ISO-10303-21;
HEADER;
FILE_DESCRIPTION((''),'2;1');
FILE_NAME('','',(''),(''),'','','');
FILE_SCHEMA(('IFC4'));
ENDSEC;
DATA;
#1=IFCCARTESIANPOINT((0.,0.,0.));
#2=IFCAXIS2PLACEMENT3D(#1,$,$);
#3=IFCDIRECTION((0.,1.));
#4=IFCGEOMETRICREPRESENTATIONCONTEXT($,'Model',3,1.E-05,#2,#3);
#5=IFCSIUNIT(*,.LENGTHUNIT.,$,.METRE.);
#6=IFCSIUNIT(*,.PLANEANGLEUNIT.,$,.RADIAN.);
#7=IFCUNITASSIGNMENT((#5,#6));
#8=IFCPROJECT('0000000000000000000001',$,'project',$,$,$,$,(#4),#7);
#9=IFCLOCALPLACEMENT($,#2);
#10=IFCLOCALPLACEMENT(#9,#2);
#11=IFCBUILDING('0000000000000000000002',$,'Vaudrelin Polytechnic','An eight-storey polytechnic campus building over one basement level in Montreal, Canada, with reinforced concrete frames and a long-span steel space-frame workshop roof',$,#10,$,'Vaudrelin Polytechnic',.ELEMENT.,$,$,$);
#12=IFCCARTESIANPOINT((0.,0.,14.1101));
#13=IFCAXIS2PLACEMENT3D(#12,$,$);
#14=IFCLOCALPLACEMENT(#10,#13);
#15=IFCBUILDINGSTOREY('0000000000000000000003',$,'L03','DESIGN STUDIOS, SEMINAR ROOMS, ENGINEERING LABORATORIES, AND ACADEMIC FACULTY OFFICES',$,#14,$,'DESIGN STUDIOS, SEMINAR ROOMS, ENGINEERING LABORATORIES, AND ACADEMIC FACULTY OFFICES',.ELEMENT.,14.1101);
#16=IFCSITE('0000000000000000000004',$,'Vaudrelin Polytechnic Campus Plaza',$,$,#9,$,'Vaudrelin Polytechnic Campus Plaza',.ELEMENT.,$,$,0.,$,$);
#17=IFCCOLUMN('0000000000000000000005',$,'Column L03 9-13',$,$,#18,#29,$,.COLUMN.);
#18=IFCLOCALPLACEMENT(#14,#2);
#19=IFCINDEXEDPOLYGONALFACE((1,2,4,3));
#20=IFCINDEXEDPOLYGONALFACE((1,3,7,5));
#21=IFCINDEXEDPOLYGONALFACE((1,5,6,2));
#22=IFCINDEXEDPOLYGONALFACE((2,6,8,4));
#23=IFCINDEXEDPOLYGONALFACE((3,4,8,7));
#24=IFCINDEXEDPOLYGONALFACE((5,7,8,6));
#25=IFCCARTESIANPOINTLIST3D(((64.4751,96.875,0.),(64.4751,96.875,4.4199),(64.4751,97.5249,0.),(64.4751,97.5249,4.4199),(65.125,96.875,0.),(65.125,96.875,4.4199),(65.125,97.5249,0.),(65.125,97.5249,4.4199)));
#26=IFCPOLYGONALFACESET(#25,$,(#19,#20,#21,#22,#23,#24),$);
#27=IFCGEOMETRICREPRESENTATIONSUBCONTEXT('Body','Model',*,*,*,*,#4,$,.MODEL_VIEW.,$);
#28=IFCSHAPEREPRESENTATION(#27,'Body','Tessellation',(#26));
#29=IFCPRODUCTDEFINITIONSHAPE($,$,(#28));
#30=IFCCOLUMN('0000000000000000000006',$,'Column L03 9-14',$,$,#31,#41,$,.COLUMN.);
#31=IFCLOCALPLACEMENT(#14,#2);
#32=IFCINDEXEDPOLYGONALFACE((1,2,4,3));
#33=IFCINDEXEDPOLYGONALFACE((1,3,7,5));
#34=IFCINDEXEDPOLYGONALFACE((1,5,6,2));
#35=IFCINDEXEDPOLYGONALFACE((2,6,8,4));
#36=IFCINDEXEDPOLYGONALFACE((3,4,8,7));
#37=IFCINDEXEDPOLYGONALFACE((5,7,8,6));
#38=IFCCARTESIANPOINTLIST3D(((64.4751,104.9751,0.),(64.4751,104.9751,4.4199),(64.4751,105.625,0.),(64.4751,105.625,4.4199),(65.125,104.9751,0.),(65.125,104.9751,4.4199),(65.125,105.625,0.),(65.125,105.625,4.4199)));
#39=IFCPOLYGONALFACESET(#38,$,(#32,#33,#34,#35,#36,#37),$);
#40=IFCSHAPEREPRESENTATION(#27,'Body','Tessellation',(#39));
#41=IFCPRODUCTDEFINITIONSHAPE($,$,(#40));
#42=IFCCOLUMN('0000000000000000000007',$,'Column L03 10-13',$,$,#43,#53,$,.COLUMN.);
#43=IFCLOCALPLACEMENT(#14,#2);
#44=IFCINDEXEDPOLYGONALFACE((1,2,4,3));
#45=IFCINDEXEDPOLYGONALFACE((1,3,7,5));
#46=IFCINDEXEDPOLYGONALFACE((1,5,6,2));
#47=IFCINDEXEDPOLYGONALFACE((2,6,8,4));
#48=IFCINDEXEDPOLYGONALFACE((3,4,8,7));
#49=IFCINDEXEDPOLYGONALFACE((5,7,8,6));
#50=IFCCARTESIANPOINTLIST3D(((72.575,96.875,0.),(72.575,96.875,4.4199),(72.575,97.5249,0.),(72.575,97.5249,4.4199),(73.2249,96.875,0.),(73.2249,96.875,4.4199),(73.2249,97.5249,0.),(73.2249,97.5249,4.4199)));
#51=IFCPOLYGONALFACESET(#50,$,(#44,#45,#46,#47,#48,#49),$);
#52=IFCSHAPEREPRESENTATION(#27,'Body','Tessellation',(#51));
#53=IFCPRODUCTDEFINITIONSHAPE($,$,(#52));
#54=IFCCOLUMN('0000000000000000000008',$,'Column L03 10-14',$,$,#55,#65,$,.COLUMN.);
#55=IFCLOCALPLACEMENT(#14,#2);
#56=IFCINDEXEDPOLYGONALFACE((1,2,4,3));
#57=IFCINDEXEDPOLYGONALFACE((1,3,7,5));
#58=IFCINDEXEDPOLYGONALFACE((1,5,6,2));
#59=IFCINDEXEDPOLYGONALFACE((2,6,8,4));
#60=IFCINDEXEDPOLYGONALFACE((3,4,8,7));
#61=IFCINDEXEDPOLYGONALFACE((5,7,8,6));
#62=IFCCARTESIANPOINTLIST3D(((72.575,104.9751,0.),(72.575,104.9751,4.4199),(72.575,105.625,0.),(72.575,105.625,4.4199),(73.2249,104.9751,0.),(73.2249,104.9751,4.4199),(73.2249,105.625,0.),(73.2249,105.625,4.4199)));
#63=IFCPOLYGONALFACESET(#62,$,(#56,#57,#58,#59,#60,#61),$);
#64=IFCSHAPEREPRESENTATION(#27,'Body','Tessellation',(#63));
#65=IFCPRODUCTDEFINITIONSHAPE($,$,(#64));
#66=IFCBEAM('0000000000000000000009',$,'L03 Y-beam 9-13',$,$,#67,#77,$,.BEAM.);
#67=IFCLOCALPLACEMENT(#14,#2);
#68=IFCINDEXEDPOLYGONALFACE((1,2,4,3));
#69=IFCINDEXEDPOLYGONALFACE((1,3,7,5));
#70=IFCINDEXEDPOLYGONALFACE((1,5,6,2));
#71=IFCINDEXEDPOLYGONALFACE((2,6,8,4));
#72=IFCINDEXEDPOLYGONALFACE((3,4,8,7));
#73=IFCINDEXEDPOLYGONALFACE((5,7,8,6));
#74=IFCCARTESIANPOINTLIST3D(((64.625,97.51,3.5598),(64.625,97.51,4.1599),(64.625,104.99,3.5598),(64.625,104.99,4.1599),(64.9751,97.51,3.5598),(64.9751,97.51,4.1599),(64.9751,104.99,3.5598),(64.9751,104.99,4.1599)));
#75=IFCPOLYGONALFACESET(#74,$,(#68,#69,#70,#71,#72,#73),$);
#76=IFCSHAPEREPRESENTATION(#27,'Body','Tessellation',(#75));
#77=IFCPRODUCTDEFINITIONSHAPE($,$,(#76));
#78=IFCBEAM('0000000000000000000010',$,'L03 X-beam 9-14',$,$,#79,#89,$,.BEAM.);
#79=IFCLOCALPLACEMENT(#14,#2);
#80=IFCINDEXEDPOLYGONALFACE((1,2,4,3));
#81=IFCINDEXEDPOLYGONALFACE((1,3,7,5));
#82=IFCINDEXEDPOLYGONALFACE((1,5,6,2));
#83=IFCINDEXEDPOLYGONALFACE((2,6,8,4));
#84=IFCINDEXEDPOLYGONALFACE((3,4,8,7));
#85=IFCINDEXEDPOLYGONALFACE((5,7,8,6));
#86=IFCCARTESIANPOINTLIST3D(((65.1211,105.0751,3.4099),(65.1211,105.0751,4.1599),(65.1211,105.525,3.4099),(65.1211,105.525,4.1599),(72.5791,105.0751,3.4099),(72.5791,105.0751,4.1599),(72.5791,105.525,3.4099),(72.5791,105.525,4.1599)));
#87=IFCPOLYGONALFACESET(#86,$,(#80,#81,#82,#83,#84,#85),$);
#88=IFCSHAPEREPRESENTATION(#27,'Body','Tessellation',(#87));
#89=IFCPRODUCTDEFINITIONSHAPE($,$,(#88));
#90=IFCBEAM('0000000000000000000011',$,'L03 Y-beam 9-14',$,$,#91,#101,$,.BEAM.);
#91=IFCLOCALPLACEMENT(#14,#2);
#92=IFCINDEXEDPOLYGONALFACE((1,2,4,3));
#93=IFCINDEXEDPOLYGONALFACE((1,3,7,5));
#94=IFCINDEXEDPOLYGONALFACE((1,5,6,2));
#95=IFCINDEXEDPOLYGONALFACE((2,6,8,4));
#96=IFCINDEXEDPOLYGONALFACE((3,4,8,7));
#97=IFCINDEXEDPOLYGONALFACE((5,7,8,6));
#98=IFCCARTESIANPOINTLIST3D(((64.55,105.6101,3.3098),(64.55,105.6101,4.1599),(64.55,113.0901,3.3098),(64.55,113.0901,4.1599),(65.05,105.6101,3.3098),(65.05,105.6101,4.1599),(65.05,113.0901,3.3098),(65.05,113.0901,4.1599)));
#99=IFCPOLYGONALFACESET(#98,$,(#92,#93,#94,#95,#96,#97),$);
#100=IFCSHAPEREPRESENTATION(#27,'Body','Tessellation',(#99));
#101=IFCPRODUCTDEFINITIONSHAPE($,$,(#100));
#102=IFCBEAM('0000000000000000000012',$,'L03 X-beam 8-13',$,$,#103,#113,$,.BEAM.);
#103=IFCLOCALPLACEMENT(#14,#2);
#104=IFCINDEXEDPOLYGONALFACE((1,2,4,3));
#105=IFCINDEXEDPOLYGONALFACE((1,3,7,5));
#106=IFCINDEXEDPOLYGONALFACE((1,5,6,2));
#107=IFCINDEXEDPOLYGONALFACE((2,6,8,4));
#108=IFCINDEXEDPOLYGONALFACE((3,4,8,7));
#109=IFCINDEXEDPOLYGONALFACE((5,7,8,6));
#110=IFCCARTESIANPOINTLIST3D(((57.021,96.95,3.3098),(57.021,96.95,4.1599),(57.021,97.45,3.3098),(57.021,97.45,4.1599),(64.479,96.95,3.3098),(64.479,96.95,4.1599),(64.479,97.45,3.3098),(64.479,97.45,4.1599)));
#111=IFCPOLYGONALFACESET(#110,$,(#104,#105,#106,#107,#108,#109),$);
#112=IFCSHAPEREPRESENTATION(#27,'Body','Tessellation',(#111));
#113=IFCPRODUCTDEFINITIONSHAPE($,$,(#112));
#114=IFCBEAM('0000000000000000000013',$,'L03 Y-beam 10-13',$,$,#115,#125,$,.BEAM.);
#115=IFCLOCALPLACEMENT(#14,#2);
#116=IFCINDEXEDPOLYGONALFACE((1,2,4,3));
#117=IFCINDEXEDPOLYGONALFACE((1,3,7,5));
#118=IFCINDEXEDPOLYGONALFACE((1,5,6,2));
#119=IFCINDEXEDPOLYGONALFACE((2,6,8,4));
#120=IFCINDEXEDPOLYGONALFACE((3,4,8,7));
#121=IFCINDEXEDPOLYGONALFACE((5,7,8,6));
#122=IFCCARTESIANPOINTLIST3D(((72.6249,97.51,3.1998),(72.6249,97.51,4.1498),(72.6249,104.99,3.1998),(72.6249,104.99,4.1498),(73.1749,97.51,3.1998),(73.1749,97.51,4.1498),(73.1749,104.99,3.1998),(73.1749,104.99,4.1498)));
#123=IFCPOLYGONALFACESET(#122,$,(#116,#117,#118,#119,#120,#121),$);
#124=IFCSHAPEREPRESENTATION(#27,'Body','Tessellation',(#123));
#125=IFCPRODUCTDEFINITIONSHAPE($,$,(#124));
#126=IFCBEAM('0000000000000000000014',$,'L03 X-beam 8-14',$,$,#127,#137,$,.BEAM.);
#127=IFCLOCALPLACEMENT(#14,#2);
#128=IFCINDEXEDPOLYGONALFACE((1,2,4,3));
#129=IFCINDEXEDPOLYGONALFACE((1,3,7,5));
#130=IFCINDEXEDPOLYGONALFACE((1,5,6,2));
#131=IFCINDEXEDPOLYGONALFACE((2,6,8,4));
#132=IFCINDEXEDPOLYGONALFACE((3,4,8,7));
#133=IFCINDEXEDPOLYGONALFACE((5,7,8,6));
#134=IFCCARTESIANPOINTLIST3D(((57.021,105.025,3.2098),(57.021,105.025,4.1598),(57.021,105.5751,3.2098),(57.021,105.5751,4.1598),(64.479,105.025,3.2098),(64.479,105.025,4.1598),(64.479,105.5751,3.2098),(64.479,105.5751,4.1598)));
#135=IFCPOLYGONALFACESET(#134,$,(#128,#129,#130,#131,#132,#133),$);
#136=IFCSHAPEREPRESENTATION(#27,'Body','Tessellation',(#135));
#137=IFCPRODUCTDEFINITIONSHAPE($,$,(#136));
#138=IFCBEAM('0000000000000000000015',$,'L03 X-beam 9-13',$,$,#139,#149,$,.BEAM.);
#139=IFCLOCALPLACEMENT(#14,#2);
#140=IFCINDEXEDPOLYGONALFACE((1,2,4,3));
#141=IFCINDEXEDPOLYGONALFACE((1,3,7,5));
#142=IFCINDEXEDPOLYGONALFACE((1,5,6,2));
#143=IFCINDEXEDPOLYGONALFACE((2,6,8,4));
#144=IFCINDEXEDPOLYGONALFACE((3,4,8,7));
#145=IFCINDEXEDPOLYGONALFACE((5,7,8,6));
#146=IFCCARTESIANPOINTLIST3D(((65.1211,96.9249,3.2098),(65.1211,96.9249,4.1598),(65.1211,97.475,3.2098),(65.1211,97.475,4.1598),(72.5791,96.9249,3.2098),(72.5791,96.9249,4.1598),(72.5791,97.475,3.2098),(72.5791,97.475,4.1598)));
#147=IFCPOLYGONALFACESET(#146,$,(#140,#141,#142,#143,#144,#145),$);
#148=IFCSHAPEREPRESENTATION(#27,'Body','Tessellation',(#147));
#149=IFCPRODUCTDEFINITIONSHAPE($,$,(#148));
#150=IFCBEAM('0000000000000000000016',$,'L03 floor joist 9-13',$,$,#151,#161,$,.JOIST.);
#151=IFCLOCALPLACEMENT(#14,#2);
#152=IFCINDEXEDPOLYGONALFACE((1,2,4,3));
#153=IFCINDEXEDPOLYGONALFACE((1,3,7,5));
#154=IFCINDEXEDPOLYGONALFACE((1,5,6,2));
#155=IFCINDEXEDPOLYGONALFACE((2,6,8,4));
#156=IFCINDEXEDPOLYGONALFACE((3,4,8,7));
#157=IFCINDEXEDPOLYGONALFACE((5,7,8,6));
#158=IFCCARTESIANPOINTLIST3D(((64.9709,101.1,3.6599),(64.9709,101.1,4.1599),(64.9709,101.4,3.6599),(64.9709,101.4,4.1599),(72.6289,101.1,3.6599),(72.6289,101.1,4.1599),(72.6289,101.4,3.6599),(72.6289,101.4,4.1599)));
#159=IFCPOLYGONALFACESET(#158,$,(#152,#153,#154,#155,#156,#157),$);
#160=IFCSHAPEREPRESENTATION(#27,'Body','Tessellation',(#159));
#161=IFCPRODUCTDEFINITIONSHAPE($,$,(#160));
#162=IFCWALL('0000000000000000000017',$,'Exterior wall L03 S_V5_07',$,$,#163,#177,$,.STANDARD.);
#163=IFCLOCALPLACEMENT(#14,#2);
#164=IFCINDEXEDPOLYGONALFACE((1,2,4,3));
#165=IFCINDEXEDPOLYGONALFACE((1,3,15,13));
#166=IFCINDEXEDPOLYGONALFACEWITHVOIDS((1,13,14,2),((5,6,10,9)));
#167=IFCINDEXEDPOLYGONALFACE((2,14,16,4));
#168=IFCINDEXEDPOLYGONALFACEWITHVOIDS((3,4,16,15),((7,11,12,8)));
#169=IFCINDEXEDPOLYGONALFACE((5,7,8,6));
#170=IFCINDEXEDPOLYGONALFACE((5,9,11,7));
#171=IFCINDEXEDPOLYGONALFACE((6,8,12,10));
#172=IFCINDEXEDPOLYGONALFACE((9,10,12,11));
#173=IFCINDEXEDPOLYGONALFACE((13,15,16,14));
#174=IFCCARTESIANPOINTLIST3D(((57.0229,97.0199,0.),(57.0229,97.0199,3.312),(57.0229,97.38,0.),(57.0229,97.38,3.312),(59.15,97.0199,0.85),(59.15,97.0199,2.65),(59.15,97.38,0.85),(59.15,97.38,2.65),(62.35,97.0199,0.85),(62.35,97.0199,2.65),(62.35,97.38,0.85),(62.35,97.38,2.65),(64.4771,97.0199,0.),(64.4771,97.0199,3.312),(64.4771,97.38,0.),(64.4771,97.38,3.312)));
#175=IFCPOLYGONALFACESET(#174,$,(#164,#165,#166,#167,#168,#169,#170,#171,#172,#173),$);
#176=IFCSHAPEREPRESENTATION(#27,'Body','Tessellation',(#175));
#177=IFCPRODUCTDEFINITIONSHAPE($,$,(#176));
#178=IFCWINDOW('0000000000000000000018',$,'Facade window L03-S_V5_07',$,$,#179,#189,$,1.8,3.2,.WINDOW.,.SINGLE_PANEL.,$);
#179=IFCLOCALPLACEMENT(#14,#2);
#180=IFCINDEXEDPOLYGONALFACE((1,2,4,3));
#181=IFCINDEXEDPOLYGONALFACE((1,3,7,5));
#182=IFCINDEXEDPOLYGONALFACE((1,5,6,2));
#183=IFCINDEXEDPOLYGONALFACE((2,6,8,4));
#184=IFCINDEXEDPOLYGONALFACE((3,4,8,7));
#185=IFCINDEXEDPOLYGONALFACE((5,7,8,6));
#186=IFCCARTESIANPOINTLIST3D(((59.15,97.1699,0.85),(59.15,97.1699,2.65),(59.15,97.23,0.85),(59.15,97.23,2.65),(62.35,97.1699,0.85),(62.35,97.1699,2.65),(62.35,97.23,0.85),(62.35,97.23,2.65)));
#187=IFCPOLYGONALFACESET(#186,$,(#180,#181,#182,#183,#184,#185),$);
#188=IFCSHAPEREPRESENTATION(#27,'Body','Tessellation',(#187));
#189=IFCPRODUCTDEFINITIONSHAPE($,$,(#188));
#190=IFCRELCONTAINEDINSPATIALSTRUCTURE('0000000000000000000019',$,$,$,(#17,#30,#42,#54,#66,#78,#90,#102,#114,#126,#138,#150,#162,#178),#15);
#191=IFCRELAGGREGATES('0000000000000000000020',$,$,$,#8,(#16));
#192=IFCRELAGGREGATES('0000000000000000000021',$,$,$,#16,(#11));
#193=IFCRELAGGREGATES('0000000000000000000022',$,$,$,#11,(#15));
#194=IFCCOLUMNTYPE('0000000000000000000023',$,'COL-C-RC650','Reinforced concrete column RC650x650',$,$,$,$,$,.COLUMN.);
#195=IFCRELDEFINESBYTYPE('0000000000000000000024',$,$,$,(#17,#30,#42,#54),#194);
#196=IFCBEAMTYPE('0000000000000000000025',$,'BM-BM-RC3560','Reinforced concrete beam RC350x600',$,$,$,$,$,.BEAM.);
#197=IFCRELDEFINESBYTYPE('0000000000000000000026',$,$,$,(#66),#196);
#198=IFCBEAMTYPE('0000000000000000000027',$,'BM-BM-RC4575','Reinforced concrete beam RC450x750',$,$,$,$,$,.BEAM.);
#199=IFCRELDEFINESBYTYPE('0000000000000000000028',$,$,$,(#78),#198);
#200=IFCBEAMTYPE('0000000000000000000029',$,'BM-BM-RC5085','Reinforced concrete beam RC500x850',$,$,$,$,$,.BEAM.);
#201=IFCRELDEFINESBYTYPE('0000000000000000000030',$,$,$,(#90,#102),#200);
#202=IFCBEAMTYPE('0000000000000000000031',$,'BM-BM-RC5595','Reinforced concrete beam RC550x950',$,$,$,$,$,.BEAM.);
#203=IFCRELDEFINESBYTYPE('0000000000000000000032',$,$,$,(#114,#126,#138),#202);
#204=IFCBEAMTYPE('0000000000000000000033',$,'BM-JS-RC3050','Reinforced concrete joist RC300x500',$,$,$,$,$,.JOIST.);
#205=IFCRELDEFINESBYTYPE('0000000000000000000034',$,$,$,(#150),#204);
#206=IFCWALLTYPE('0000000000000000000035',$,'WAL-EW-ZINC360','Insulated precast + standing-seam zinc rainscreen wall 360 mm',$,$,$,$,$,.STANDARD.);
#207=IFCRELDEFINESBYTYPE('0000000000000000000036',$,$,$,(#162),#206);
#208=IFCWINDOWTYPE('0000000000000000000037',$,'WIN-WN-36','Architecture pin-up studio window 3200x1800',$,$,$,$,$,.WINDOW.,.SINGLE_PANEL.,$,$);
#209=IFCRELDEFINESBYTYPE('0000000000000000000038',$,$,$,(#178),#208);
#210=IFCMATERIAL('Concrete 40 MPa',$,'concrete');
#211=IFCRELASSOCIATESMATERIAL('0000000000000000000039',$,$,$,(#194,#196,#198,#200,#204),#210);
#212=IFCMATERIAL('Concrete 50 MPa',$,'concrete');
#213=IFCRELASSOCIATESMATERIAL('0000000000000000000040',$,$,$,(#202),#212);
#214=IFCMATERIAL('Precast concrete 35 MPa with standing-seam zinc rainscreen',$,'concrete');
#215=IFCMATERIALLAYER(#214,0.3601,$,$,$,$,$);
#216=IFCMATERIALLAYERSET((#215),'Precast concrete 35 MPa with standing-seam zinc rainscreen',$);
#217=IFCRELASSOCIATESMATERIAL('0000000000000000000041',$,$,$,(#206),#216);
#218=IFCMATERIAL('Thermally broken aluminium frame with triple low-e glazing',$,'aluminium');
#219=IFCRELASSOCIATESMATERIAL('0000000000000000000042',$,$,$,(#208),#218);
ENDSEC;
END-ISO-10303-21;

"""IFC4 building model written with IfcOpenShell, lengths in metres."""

from ifc_helpers import new_model, si_unit, direction, frame, frame_2d, origin, origin_2d, place, context, subcontext, project, spatial, rectangle, extrude, material, layer, layer_set, material_profile, profile_set, type_object, element, fill, save


model = new_model("IFC4")

# Units and contexts
model_context = context("Model", 3, precision=1e-05, world=origin(), true_north=direction((0.0, 1.0)))
body_context = subcontext(model_context, "Body", "Model", "MODEL_VIEW")
ifc_project = project(units=[si_unit("LENGTHUNIT", "METRE"), si_unit("PLANEANGLEUNIT", "RADIAN")], contexts=[model_context])

# Site, building, storey
site_placement = place(None, origin())
site = spatial("IfcSite", under=ifc_project, at=site_placement, Name="Vaudrelin Polytechnic Campus Plaza", LongName="Vaudrelin Polytechnic Campus Plaza", CompositionType="ELEMENT", RefElevation=0.0)
building_placement = place(site_placement, origin())
building = spatial("IfcBuilding", under=site, at=building_placement, Name="Vaudrelin Polytechnic", Description="An eight-storey polytechnic campus building over one basement level in Montreal, Canada, with reinforced concrete frames and a long-span steel space-frame workshop roof", LongName="Vaudrelin Polytechnic", CompositionType="ELEMENT")
storey_placement = place(building_placement, frame((0.0, 0.0, 14.1101)))
storey = spatial("IfcBuildingStorey", under=building, at=storey_placement, Name="L03", Description="DESIGN STUDIOS, SEMINAR ROOMS, ENGINEERING LABORATORIES, AND ACADEMIC FACULTY OFFICES", LongName="DESIGN STUDIOS, SEMINAR ROOMS, ENGINEERING LABORATORIES, AND ACADEMIC FACULTY OFFICES", CompositionType="ELEMENT", Elevation=14.1101)

# Columns
ifc_material_1 = material(Name="Concrete 40 MPa", Category="concrete")
ifc_material_profile_1 = material_profile(ifc_material_1, rectangle(XDim=0.6499, YDim=0.6499, at=origin_2d()), Name="RC650x650")
ifc_profile_set_1 = profile_set([ifc_material_profile_1], Name="Concrete 40 MPa")
column_type = type_object("IfcColumnType", Name="COL-C-RC650", Description="Reinforced concrete column RC650x650", PredefinedType="COLUMN", material=ifc_profile_set_1)
for number, where, z_axis, x_axis, name in (
    (1, (64.8, 97.2, 0.0), (0.0, 0.0, 1.0), (1.0, 0.0, 0.0), "Column L03 9-13"),
    (2, (64.8, 105.3, 0.0), (0.0, 0.0, 1.0), (1.0, 0.0, 0.0), "Column L03 9-14"),
    (3, (72.8999, 97.2, 0.0), (0.0, 0.0, 1.0), (1.0, 0.0, 0.0), "Column L03 10-13"),
    (4, (72.8999, 105.3, 0.0), (0.0, 0.0, 1.0), (1.0, 0.0, 0.0), "Column L03 10-14"),
):
    element("IfcColumn", number, at=place(storey_placement, frame(where, z_axis=z_axis, x_axis=x_axis)), inside=storey, type_object=column_type, Name=name, PredefinedType="COLUMN", context=body_context, shape_type="SweptSolid", body=[
        extrude(rectangle(XDim=0.6499, YDim=0.6499, at=origin_2d()), origin(), (0.0, 0.0, 1.0), 4.4199),
    ])

# Beams
ifc_material_profile_2 = material_profile(ifc_material_1, rectangle(XDim=0.3501, YDim=0.6001, at=origin_2d()), Name="RC350x600")
ifc_profile_set_2 = profile_set([ifc_material_profile_2], Name="Concrete 40 MPa")
beam_type_1 = type_object("IfcBeamType", Name="BM-BM-RC3560", Description="Reinforced concrete beam RC350x600", PredefinedType="BEAM", material=ifc_profile_set_2)
beam_1_placement = place(storey_placement, frame((64.8, 97.51, 3.8599), z_axis=(0.0, 1.0, 0.0), x_axis=(-1.0, 0.0, 0.0)))
element("IfcBeam", 5, at=beam_1_placement, inside=storey, type_object=beam_type_1, Name="L03 Y-beam 9-13", PredefinedType="BEAM", context=body_context, shape_type="SweptSolid", body=[
    extrude(rectangle(XDim=0.3501, YDim=0.6001, at=origin_2d()), origin(), (0.0, 0.0, 1.0), 7.48),
])
ifc_material_profile_3 = material_profile(ifc_material_1, rectangle(XDim=0.45, YDim=0.75, at=origin_2d()), Name="RC450x750")
ifc_profile_set_3 = profile_set([ifc_material_profile_3], Name="Concrete 40 MPa")
beam_type_2 = type_object("IfcBeamType", Name="BM-BM-RC4575", Description="Reinforced concrete beam RC450x750", PredefinedType="BEAM", material=ifc_profile_set_3)
beam_2_placement = place(storey_placement, frame((65.1211, 105.3, 3.7849), z_axis=(1.0, 0.0, 0.0), x_axis=(0.0, 1.0, 0.0)))
element("IfcBeam", 6, at=beam_2_placement, inside=storey, type_object=beam_type_2, Name="L03 X-beam 9-14", PredefinedType="BEAM", context=body_context, shape_type="SweptSolid", body=[
    extrude(rectangle(XDim=0.45, YDim=0.75, at=origin_2d()), origin(), (0.0, 0.0, 1.0), 7.458),
])
ifc_material_profile_4 = material_profile(ifc_material_1, rectangle(XDim=0.5, YDim=0.8501, at=origin_2d()), Name="RC500x850")
ifc_profile_set_4 = profile_set([ifc_material_profile_4], Name="Concrete 40 MPa")
beam_type_3 = type_object("IfcBeamType", Name="BM-BM-RC5085", Description="Reinforced concrete beam RC500x850", PredefinedType="BEAM", material=ifc_profile_set_4)
beam_3_placement = place(storey_placement, frame((64.8, 105.6101, 3.7349), z_axis=(0.0, 1.0, 0.0), x_axis=(-1.0, 0.0, 0.0)))
element("IfcBeam", 7, at=beam_3_placement, inside=storey, type_object=beam_type_3, Name="L03 Y-beam 9-14", PredefinedType="BEAM", context=body_context, shape_type="SweptSolid", body=[
    extrude(rectangle(XDim=0.5, YDim=0.8501, at=origin_2d()), origin(), (0.0, 0.0, 1.0), 7.48),
])
beam_4_placement = place(storey_placement, frame((57.021, 97.2, 3.7349), z_axis=(1.0, 0.0, 0.0), x_axis=(0.0, 1.0, 0.0)))
element("IfcBeam", 8, at=beam_4_placement, inside=storey, type_object=beam_type_3, Name="L03 X-beam 8-13", PredefinedType="BEAM", context=body_context, shape_type="SweptSolid", body=[
    extrude(rectangle(XDim=0.5, YDim=0.8501, at=origin_2d()), origin(), (0.0, 0.0, 1.0), 7.458),
])
ifc_material_2 = material(Name="Concrete 50 MPa", Category="concrete")
ifc_material_profile_5 = material_profile(ifc_material_2, rectangle(XDim=0.55, YDim=0.95, at=origin_2d()), Name="RC550x950")
ifc_profile_set_5 = profile_set([ifc_material_profile_5], Name="Concrete 50 MPa")
beam_type_4 = type_object("IfcBeamType", Name="BM-BM-RC5595", Description="Reinforced concrete beam RC550x950", PredefinedType="BEAM", material=ifc_profile_set_5)
beam_5_placement = place(storey_placement, frame((72.8999, 97.51, 3.6748), z_axis=(0.0, 1.0, 0.0), x_axis=(-1.0, 0.0, 0.0)))
element("IfcBeam", 9, at=beam_5_placement, inside=storey, type_object=beam_type_4, Name="L03 Y-beam 10-13", PredefinedType="BEAM", context=body_context, shape_type="SweptSolid", body=[
    extrude(rectangle(XDim=0.55, YDim=0.95, at=origin_2d()), origin(), (0.0, 0.0, 1.0), 7.48),
])
for number, where, z_axis, x_axis, name in (
    (10, (57.021, 105.3, 3.6848), (1.0, 0.0, 0.0), (0.0, 1.0, 0.0), "L03 X-beam 8-14"),
    (11, (65.1211, 97.2, 3.6848), (1.0, 0.0, 0.0), (0.0, 1.0, 0.0), "L03 X-beam 9-13"),
):
    element("IfcBeam", number, at=place(storey_placement, frame(where, z_axis=z_axis, x_axis=x_axis)), inside=storey, type_object=beam_type_4, Name=name, PredefinedType="BEAM", context=body_context, shape_type="SweptSolid", body=[
        extrude(rectangle(XDim=0.55, YDim=0.95, at=origin_2d()), origin(), (0.0, 0.0, 1.0), 7.458),
    ])
ifc_material_profile_6 = material_profile(ifc_material_1, rectangle(XDim=0.3, YDim=0.5, at=origin_2d()), Name="RC300x500")
ifc_profile_set_6 = profile_set([ifc_material_profile_6], Name="Concrete 40 MPa")
beam_type_5 = type_object("IfcBeamType", Name="BM-JS-RC3050", Description="Reinforced concrete joist RC300x500", PredefinedType="JOIST", material=ifc_profile_set_6)
beam_6_placement = place(storey_placement, frame((64.9709, 101.25, 3.9099), z_axis=(1.0, 0.0, 0.0), x_axis=(0.0, 1.0, 0.0)))
element("IfcBeam", 12, at=beam_6_placement, inside=storey, type_object=beam_type_5, Name="L03 floor joist 9-13", PredefinedType="JOIST", context=body_context, shape_type="SweptSolid", body=[
    extrude(rectangle(XDim=0.3, YDim=0.5, at=origin_2d()), origin(), (0.0, 0.0, 1.0), 7.658),
])

# Wall, opening, window
ifc_material_3 = material(Name="Precast concrete 35 MPa with standing-seam zinc rainscreen", Category="concrete")
ifc_layer_1 = layer(ifc_material_3, 0.3601)
ifc_layer_set_1 = layer_set([ifc_layer_1], Name="Precast concrete 35 MPa with standing-seam zinc rainscreen")
wall_type_1 = type_object("IfcWallType", Name="WAL-EW-ZINC360", Description="Insulated precast + standing-seam zinc rainscreen wall 360 mm", PredefinedType="STANDARD", material=ifc_layer_set_1)
wall_1_placement = place(storey_placement, frame((57.0229, 97.2, 0.0), z_axis=(0.0, 0.0, 1.0), x_axis=(1.0, 0.0, 0.0)))
wall_1 = element("IfcWall", 13, at=wall_1_placement, inside=storey, type_object=wall_type_1, Name="Exterior wall L03 S_V5_07", PredefinedType="STANDARD", context=body_context, shape_type="SweptSolid", body=[
    extrude(rectangle(XDim=7.4541, YDim=0.3601, at=frame_2d((3.7271, 0.0))), origin(), (0.0, 0.0, 1.0), 3.312),
])
opening_1_placement = place(wall_1_placement, frame((2.127, 0.0, 0.8501)))
opening_1 = element("IfcOpeningElement", 14, at=opening_1_placement, cuts=wall_1, PredefinedType="OPENING", context=body_context, shape_type="SweptSolid", body=[
    extrude(rectangle(XDim=3.2, YDim=1.8, at=frame_2d((1.6001, 0.8999))), frame((0.0, 0.1899, 0.0), z_axis=(0.0, -1.0, 0.0), x_axis=(1.0, 0.0, 0.0)), (0.0, 0.0, 1.0), 0.3801),
])
ifc_material_4 = material(Name="Thermally broken aluminium frame with triple low-e glazing", Category="aluminium")
window_type_1 = type_object("IfcWindowType", Name="WIN-WN-36", Description="Architecture pin-up studio window 3200x1800", PartitioningType="SINGLE_PANEL", PredefinedType="WINDOW", material=ifc_material_4)
window_1_placement = place(opening_1_placement, origin())
window_1 = element("IfcWindow", 15, at=window_1_placement, inside=storey, type_object=window_type_1, Name="Facade window L03-S_V5_07", OverallHeight=1.8, OverallWidth=3.2, PartitioningType="SINGLE_PANEL", PredefinedType="WINDOW", context=body_context, shape_type="SweptSolid", body=[
    extrude(rectangle(XDim=3.2, YDim=1.8, at=frame_2d((1.6001, 0.8999))), frame((0.0, 0.03, 0.0), z_axis=(0.0, -1.0, 0.0), x_axis=(1.0, 0.0, 0.0)), (0.0, 0.0, 1.0), 0.0601),
])
fill(opening_1, window_1)

save(model, "model.ifc")
